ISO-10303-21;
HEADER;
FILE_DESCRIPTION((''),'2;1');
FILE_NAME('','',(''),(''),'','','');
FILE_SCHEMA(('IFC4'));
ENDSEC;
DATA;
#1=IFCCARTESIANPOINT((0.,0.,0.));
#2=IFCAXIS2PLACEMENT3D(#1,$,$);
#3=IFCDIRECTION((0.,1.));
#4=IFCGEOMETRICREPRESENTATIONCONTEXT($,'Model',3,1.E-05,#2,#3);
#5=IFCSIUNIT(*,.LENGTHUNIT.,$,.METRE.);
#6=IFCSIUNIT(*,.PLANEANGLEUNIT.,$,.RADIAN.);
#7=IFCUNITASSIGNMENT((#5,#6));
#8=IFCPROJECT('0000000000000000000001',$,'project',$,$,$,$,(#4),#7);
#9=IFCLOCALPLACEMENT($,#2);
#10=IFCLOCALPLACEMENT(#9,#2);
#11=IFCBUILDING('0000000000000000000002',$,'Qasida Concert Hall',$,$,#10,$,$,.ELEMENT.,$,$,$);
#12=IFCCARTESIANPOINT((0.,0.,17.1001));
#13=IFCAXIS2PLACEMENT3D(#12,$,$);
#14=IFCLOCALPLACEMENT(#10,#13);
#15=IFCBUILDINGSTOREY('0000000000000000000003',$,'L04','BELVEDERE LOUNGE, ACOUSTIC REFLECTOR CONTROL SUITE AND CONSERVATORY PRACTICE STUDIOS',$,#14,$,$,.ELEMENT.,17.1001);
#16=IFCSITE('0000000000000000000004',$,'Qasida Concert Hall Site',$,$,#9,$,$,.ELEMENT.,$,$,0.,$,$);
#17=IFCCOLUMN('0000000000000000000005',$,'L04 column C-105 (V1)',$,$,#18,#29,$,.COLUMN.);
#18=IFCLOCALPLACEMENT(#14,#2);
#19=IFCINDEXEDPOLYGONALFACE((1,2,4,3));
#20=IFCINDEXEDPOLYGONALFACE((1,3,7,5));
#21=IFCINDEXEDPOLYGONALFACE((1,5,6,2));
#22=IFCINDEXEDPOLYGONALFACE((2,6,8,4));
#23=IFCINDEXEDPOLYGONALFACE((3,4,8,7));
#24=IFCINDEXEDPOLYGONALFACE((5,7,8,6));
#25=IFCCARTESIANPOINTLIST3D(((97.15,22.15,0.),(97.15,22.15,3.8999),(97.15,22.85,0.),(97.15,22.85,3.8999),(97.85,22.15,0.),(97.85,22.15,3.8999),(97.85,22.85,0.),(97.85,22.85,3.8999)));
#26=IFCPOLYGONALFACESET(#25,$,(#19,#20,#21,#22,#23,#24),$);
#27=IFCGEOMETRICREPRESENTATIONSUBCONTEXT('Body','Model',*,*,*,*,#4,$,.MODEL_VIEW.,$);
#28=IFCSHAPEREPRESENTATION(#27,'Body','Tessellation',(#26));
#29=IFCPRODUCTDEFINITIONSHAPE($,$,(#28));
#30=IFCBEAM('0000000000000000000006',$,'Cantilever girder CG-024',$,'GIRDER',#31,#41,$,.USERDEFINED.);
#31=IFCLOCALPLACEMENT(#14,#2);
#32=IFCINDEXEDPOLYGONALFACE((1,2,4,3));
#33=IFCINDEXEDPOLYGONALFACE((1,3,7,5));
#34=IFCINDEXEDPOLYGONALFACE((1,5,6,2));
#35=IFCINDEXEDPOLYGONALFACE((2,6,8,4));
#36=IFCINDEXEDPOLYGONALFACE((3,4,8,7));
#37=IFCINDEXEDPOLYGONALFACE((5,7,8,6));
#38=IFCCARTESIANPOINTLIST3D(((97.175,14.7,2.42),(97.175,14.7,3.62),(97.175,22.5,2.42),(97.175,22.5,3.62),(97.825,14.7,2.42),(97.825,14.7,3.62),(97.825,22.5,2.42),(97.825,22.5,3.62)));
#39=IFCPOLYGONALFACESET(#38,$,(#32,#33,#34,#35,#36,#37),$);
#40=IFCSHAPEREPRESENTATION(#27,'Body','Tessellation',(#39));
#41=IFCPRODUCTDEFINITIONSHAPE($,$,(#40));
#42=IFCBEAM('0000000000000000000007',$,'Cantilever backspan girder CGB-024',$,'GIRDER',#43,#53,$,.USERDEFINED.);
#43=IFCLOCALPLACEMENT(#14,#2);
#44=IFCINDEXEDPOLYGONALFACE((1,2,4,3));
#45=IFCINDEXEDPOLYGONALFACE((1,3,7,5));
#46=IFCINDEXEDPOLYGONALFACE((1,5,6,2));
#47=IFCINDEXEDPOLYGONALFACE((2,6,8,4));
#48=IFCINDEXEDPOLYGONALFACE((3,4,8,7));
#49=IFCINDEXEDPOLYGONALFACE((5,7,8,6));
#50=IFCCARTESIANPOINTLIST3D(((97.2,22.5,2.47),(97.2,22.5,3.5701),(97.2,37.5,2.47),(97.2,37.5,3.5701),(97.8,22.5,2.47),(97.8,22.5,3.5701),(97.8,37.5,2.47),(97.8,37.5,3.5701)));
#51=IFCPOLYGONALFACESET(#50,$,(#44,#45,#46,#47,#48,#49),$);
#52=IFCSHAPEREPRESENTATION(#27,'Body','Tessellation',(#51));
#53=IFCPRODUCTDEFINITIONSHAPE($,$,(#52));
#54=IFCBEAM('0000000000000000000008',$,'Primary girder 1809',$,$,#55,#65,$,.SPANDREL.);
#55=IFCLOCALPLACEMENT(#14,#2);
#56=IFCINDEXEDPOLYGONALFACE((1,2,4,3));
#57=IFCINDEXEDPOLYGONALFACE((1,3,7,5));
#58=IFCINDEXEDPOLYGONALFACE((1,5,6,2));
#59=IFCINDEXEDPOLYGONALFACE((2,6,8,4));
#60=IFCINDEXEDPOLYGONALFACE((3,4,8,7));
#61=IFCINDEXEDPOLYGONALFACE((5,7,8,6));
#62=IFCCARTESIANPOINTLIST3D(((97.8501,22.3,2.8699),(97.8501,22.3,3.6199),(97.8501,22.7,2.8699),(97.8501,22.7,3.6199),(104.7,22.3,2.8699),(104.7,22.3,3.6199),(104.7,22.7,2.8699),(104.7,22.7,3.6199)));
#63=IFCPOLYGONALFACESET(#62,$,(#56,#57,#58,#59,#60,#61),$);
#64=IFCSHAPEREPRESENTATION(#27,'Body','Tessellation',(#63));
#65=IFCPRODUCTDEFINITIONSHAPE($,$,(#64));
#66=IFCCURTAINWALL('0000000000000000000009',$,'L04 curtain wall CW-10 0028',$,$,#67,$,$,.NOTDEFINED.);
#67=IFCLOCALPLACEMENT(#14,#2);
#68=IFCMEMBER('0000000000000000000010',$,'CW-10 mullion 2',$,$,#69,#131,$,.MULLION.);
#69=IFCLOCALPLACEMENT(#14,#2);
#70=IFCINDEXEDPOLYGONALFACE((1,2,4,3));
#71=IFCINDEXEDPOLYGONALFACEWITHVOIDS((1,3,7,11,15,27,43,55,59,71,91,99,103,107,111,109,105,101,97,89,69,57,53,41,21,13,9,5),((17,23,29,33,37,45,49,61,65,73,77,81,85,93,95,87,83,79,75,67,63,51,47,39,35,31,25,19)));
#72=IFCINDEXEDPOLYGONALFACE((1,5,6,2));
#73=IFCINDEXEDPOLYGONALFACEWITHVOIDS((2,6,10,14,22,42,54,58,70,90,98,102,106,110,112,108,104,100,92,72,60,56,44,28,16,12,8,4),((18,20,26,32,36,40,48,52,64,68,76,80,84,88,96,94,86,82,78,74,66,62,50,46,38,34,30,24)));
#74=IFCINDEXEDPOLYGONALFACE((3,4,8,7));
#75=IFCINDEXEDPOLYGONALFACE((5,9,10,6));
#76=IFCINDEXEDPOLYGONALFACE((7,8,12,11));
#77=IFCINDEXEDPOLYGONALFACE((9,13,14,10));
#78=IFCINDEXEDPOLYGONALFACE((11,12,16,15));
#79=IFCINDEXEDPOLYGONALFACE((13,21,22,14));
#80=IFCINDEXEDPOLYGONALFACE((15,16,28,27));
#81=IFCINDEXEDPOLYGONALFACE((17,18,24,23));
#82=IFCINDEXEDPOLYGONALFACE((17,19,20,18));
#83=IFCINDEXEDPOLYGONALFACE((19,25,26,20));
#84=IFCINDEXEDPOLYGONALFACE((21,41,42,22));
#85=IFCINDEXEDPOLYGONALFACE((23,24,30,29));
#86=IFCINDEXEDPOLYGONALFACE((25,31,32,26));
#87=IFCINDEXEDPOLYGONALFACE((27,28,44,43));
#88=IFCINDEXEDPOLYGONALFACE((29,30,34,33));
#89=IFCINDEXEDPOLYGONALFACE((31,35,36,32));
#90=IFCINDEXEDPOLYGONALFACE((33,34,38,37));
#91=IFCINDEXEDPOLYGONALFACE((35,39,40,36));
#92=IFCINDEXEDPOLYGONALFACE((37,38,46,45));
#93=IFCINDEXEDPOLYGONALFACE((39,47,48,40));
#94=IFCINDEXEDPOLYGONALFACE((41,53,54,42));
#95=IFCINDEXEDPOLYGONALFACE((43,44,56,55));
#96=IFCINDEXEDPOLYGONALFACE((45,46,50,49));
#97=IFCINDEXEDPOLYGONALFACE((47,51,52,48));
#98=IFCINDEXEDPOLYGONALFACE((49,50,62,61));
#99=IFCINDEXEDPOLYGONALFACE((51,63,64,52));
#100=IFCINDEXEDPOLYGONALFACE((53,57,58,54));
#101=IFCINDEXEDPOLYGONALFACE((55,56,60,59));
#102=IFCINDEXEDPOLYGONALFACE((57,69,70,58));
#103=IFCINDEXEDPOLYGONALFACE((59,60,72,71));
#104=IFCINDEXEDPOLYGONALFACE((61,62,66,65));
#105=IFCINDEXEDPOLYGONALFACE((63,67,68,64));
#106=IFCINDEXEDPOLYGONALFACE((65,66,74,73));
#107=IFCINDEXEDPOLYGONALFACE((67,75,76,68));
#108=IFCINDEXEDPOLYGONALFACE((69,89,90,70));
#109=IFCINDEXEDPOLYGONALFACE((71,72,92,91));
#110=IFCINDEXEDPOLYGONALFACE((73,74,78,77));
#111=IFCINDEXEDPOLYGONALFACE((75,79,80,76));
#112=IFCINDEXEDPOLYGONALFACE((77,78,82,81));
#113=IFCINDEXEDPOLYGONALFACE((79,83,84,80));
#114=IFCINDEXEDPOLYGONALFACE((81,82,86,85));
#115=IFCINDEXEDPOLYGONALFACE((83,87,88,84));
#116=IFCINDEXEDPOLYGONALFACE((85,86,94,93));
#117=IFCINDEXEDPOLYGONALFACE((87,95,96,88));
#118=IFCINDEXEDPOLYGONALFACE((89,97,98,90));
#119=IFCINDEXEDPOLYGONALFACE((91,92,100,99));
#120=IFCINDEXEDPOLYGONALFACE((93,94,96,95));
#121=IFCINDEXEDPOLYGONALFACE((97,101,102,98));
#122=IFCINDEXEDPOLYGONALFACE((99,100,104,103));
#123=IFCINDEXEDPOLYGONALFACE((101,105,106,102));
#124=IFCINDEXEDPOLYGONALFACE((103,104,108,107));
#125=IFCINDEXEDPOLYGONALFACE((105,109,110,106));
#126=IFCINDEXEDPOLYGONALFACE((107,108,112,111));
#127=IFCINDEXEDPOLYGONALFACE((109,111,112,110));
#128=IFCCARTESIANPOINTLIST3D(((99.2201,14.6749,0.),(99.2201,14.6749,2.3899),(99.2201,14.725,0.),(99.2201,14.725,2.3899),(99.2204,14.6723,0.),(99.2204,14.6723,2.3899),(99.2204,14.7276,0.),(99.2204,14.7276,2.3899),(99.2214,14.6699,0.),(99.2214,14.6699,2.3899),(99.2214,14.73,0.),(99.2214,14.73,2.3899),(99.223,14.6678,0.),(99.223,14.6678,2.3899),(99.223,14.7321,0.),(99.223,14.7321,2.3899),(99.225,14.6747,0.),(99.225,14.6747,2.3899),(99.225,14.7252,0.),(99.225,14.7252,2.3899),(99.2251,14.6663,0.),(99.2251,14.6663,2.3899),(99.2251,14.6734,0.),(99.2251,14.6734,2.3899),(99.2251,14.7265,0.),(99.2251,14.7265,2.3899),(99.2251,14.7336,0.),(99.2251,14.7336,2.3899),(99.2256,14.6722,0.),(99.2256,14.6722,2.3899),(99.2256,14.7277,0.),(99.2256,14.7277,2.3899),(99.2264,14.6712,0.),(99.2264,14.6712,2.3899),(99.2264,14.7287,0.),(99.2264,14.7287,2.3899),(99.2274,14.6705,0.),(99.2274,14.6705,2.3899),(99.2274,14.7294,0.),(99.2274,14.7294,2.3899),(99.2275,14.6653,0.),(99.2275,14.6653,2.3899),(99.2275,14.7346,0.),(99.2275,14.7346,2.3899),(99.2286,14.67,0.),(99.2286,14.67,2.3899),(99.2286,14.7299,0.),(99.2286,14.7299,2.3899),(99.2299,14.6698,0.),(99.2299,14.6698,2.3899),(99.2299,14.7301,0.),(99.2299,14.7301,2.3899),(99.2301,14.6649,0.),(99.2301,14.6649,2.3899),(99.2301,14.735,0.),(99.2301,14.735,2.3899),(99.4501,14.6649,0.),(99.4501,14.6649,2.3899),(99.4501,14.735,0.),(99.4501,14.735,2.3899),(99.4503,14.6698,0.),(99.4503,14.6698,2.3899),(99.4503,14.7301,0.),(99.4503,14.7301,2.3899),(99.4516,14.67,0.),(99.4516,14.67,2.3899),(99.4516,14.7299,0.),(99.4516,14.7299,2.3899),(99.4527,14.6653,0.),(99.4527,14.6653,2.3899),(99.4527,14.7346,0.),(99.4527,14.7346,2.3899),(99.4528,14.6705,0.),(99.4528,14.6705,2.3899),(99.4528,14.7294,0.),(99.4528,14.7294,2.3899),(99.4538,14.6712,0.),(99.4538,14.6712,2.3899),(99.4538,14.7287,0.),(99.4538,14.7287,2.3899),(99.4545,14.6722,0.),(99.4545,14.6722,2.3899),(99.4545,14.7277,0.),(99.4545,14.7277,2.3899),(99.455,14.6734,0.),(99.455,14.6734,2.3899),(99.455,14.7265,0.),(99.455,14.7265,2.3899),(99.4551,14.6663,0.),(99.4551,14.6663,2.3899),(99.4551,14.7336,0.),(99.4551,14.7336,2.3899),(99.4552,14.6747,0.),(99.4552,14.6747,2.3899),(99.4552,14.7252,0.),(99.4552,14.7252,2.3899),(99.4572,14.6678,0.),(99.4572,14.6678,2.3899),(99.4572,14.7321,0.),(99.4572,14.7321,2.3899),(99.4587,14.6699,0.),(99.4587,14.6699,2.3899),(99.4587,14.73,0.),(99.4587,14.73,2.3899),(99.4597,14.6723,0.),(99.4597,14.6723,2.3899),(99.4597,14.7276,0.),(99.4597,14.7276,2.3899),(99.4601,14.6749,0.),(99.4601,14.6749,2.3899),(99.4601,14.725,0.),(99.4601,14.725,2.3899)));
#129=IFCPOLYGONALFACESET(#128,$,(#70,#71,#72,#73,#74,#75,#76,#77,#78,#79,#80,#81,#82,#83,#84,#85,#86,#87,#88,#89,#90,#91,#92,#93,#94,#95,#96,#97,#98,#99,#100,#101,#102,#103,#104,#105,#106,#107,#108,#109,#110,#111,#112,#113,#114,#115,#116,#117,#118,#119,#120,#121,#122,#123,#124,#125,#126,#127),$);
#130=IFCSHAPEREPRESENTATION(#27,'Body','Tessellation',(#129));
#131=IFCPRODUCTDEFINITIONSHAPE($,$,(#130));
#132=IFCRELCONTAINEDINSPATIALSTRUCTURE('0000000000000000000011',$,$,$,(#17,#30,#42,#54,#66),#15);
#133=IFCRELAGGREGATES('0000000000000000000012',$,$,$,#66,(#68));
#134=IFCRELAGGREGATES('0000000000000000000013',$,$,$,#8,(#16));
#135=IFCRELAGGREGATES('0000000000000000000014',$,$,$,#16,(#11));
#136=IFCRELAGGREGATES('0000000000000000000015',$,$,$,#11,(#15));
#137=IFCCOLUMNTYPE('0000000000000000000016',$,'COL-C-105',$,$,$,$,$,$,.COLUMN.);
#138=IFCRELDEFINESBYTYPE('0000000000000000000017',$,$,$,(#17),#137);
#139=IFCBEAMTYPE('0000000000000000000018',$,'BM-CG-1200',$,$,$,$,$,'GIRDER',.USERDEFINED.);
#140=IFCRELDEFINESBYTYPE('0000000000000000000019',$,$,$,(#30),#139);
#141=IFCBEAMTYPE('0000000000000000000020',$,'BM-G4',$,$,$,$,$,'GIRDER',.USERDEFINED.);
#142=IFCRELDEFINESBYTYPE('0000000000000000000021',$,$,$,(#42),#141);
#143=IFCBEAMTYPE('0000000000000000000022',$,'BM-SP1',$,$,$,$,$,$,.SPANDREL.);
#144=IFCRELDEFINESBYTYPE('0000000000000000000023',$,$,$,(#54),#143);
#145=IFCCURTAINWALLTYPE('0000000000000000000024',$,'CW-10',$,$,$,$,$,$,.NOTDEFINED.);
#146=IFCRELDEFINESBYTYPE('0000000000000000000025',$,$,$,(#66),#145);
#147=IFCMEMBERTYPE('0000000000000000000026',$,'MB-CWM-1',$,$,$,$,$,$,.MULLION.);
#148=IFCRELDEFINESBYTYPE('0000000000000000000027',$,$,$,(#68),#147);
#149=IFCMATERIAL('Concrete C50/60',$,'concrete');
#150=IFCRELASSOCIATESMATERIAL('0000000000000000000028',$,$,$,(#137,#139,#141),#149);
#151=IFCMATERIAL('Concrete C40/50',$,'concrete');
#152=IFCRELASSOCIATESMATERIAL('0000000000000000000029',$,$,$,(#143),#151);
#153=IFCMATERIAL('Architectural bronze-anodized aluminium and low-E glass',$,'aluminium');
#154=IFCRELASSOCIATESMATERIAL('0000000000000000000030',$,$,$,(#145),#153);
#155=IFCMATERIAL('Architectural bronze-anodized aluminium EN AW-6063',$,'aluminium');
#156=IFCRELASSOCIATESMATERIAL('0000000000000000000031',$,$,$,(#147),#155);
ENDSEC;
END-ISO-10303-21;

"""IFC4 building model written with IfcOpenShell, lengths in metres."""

from ifc_helpers import new_model, si_unit, direction, frame, origin, origin_2d, place, context, subcontext, project, spatial, rectangle, hollow_rectangle, extrude, material, material_profile, profile_set, type_object, element, aggregate, save


model = new_model("IFC4")

# Units and contexts
model_context = context("Model", 3, precision=1e-05, world=origin(), true_north=direction((0.0, 1.0)))
body_context = subcontext(model_context, "Body", "Model", "MODEL_VIEW")
ifc_project = project(units=[si_unit("LENGTHUNIT", "METRE"), si_unit("PLANEANGLEUNIT", "RADIAN")], contexts=[model_context])

# Site, building, storey
site_placement = place(None, origin())
site = spatial("IfcSite", under=ifc_project, at=site_placement, Name="Qasida Concert Hall Site", CompositionType="ELEMENT", RefElevation=0.0)
building_placement = place(site_placement, origin())
building = spatial("IfcBuilding", under=site, at=building_placement, Name="Qasida Concert Hall", CompositionType="ELEMENT")
storey_placement = place(building_placement, frame((0.0, 0.0, 17.1001)))
storey = spatial("IfcBuildingStorey", under=building, at=storey_placement, Name="L04", Description="BELVEDERE LOUNGE, ACOUSTIC REFLECTOR CONTROL SUITE AND CONSERVATORY PRACTICE STUDIOS", CompositionType="ELEMENT", Elevation=17.1001)

# Column
ifc_material_1 = material(Name="Concrete C50/60", Category="concrete")
ifc_material_profile_1 = material_profile(ifc_material_1, rectangle(XDim=0.7, YDim=0.7, at=origin_2d()), Name="RC 700x700")
ifc_profile_set_1 = profile_set([ifc_material_profile_1], Name="Concrete C50/60")
column_type = type_object("IfcColumnType", Name="COL-C-105", PredefinedType="COLUMN", material=ifc_profile_set_1)
column_placement = place(storey_placement, frame((97.5, 22.5, 0.0), z_axis=(0.0, 0.0, 1.0), x_axis=(1.0, 0.0, 0.0)))
element("IfcColumn", 1, at=column_placement, inside=storey, type_object=column_type, Name="L04 column C-105 (V1)", PredefinedType="COLUMN", context=body_context, shape_type="SweptSolid", body=[
    extrude(rectangle(XDim=0.7, YDim=0.7, at=origin_2d()), origin(), (0.0, 0.0, 1.0), 3.8999),
])

# Beams
ifc_material_profile_2 = material_profile(ifc_material_1, rectangle(XDim=0.6499, YDim=1.2, at=origin_2d()), Name="RC 650x1200")
ifc_profile_set_2 = profile_set([ifc_material_profile_2], Name="Concrete C50/60")
beam_type_1 = type_object("IfcBeamType", Name="BM-CG-1200", ElementType="GIRDER", PredefinedType="USERDEFINED", material=ifc_profile_set_2)
beam_1_placement = place(storey_placement, frame((97.5, 22.5, 3.02), z_axis=(0.0, -1.0, 0.0), x_axis=(1.0, 0.0, 0.0)))
element("IfcBeam", 2, at=beam_1_placement, inside=storey, type_object=beam_type_1, Name="Cantilever girder CG-024", ObjectType="GIRDER", PredefinedType="USERDEFINED", context=body_context, shape_type="SweptSolid", body=[
    extrude(rectangle(XDim=0.6499, YDim=1.2, at=origin_2d()), origin(), (0.0, 0.0, 1.0), 7.8),
])
ifc_material_profile_3 = material_profile(ifc_material_1, rectangle(XDim=0.6001, YDim=1.1001, at=origin_2d()), Name="RC 600x1100")
ifc_profile_set_3 = profile_set([ifc_material_profile_3], Name="Concrete C50/60")
beam_type_2 = type_object("IfcBeamType", Name="BM-G4", ElementType="GIRDER", PredefinedType="USERDEFINED", material=ifc_profile_set_3)
beam_2_placement = place(storey_placement, frame((97.5, 22.5, 3.02), z_axis=(0.0, 1.0, 0.0), x_axis=(-1.0, 0.0, 0.0)))
element("IfcBeam", 3, at=beam_2_placement, inside=storey, type_object=beam_type_2, Name="Cantilever backspan girder CGB-024", ObjectType="GIRDER", PredefinedType="USERDEFINED", context=body_context, shape_type="SweptSolid", body=[
    extrude(rectangle(XDim=0.6001, YDim=1.1001, at=origin_2d()), origin(), (0.0, 0.0, 1.0), 15.0),
])
ifc_material_2 = material(Name="Concrete C40/50", Category="concrete")
ifc_material_profile_4 = material_profile(ifc_material_2, rectangle(XDim=0.3999, YDim=0.75, at=origin_2d()), Name="RC 400x750")
ifc_profile_set_4 = profile_set([ifc_material_profile_4], Name="Concrete C40/50")
beam_type_3 = type_object("IfcBeamType", Name="BM-SP1", PredefinedType="SPANDREL", material=ifc_profile_set_4)
beam_3_placement = place(storey_placement, frame((97.8501, 22.5, 3.2449), z_axis=(1.0, 0.0, 0.0), x_axis=(0.0, 1.0, 0.0)))
element("IfcBeam", 4, at=beam_3_placement, inside=storey, type_object=beam_type_3, Name="Primary girder 1809", PredefinedType="SPANDREL", context=body_context, shape_type="SweptSolid", body=[
    extrude(rectangle(XDim=0.3999, YDim=0.75, at=origin_2d()), origin(), (0.0, 0.0, 1.0), 6.8499),
])

# Curtain wall, member
ifc_material_3 = material(Name="Architectural bronze-anodized aluminium and low-E glass", Category="aluminium")
curtain_wall_type = type_object("IfcCurtainWallType", Name="CW-10", PredefinedType="NOTDEFINED", material=ifc_material_3)
curtain_wall_placement = place(storey_placement, origin())
curtain_wall = element("IfcCurtainWall", 5, at=curtain_wall_placement, inside=storey, type_object=curtain_wall_type, Name="L04 curtain wall CW-10 0028", PredefinedType="NOTDEFINED")
ifc_material_4 = material(Name="Architectural bronze-anodized aluminium EN AW-6063", Category="aluminium")
ifc_material_profile_5 = material_profile(ifc_material_4, hollow_rectangle(XDim=0.0701, YDim=0.24, WallThickness=0.0049, InnerFilletRadius=0.0049, OuterFilletRadius=0.01, at=origin_2d()), Name="CWM 240x70x5")
ifc_profile_set_5 = profile_set([ifc_material_profile_5], Name="Architectural bronze-anodized aluminium EN AW-6063")
member_type_1 = type_object("IfcMemberType", Name="MB-CWM-1", PredefinedType="MULLION", material=ifc_profile_set_5)
member_1_placement = place(storey_placement, frame((99.3401, 14.7, 0.0), z_axis=(0.0, 0.0, 1.0), x_axis=(0.0, 1.0, 0.0)))
member_1 = element("IfcMember", 6, at=member_1_placement, type_object=member_type_1, Name="CW-10 mullion 2", PredefinedType="MULLION", context=body_context, shape_type="SweptSolid", body=[
    extrude(hollow_rectangle(XDim=0.0701, YDim=0.24, WallThickness=0.0049, InnerFilletRadius=0.0049, OuterFilletRadius=0.01, at=origin_2d()), origin(), (0.0, 0.0, 1.0), 2.3899),
])
aggregate(curtain_wall, [member_1])

save(model, "model.ifc")
